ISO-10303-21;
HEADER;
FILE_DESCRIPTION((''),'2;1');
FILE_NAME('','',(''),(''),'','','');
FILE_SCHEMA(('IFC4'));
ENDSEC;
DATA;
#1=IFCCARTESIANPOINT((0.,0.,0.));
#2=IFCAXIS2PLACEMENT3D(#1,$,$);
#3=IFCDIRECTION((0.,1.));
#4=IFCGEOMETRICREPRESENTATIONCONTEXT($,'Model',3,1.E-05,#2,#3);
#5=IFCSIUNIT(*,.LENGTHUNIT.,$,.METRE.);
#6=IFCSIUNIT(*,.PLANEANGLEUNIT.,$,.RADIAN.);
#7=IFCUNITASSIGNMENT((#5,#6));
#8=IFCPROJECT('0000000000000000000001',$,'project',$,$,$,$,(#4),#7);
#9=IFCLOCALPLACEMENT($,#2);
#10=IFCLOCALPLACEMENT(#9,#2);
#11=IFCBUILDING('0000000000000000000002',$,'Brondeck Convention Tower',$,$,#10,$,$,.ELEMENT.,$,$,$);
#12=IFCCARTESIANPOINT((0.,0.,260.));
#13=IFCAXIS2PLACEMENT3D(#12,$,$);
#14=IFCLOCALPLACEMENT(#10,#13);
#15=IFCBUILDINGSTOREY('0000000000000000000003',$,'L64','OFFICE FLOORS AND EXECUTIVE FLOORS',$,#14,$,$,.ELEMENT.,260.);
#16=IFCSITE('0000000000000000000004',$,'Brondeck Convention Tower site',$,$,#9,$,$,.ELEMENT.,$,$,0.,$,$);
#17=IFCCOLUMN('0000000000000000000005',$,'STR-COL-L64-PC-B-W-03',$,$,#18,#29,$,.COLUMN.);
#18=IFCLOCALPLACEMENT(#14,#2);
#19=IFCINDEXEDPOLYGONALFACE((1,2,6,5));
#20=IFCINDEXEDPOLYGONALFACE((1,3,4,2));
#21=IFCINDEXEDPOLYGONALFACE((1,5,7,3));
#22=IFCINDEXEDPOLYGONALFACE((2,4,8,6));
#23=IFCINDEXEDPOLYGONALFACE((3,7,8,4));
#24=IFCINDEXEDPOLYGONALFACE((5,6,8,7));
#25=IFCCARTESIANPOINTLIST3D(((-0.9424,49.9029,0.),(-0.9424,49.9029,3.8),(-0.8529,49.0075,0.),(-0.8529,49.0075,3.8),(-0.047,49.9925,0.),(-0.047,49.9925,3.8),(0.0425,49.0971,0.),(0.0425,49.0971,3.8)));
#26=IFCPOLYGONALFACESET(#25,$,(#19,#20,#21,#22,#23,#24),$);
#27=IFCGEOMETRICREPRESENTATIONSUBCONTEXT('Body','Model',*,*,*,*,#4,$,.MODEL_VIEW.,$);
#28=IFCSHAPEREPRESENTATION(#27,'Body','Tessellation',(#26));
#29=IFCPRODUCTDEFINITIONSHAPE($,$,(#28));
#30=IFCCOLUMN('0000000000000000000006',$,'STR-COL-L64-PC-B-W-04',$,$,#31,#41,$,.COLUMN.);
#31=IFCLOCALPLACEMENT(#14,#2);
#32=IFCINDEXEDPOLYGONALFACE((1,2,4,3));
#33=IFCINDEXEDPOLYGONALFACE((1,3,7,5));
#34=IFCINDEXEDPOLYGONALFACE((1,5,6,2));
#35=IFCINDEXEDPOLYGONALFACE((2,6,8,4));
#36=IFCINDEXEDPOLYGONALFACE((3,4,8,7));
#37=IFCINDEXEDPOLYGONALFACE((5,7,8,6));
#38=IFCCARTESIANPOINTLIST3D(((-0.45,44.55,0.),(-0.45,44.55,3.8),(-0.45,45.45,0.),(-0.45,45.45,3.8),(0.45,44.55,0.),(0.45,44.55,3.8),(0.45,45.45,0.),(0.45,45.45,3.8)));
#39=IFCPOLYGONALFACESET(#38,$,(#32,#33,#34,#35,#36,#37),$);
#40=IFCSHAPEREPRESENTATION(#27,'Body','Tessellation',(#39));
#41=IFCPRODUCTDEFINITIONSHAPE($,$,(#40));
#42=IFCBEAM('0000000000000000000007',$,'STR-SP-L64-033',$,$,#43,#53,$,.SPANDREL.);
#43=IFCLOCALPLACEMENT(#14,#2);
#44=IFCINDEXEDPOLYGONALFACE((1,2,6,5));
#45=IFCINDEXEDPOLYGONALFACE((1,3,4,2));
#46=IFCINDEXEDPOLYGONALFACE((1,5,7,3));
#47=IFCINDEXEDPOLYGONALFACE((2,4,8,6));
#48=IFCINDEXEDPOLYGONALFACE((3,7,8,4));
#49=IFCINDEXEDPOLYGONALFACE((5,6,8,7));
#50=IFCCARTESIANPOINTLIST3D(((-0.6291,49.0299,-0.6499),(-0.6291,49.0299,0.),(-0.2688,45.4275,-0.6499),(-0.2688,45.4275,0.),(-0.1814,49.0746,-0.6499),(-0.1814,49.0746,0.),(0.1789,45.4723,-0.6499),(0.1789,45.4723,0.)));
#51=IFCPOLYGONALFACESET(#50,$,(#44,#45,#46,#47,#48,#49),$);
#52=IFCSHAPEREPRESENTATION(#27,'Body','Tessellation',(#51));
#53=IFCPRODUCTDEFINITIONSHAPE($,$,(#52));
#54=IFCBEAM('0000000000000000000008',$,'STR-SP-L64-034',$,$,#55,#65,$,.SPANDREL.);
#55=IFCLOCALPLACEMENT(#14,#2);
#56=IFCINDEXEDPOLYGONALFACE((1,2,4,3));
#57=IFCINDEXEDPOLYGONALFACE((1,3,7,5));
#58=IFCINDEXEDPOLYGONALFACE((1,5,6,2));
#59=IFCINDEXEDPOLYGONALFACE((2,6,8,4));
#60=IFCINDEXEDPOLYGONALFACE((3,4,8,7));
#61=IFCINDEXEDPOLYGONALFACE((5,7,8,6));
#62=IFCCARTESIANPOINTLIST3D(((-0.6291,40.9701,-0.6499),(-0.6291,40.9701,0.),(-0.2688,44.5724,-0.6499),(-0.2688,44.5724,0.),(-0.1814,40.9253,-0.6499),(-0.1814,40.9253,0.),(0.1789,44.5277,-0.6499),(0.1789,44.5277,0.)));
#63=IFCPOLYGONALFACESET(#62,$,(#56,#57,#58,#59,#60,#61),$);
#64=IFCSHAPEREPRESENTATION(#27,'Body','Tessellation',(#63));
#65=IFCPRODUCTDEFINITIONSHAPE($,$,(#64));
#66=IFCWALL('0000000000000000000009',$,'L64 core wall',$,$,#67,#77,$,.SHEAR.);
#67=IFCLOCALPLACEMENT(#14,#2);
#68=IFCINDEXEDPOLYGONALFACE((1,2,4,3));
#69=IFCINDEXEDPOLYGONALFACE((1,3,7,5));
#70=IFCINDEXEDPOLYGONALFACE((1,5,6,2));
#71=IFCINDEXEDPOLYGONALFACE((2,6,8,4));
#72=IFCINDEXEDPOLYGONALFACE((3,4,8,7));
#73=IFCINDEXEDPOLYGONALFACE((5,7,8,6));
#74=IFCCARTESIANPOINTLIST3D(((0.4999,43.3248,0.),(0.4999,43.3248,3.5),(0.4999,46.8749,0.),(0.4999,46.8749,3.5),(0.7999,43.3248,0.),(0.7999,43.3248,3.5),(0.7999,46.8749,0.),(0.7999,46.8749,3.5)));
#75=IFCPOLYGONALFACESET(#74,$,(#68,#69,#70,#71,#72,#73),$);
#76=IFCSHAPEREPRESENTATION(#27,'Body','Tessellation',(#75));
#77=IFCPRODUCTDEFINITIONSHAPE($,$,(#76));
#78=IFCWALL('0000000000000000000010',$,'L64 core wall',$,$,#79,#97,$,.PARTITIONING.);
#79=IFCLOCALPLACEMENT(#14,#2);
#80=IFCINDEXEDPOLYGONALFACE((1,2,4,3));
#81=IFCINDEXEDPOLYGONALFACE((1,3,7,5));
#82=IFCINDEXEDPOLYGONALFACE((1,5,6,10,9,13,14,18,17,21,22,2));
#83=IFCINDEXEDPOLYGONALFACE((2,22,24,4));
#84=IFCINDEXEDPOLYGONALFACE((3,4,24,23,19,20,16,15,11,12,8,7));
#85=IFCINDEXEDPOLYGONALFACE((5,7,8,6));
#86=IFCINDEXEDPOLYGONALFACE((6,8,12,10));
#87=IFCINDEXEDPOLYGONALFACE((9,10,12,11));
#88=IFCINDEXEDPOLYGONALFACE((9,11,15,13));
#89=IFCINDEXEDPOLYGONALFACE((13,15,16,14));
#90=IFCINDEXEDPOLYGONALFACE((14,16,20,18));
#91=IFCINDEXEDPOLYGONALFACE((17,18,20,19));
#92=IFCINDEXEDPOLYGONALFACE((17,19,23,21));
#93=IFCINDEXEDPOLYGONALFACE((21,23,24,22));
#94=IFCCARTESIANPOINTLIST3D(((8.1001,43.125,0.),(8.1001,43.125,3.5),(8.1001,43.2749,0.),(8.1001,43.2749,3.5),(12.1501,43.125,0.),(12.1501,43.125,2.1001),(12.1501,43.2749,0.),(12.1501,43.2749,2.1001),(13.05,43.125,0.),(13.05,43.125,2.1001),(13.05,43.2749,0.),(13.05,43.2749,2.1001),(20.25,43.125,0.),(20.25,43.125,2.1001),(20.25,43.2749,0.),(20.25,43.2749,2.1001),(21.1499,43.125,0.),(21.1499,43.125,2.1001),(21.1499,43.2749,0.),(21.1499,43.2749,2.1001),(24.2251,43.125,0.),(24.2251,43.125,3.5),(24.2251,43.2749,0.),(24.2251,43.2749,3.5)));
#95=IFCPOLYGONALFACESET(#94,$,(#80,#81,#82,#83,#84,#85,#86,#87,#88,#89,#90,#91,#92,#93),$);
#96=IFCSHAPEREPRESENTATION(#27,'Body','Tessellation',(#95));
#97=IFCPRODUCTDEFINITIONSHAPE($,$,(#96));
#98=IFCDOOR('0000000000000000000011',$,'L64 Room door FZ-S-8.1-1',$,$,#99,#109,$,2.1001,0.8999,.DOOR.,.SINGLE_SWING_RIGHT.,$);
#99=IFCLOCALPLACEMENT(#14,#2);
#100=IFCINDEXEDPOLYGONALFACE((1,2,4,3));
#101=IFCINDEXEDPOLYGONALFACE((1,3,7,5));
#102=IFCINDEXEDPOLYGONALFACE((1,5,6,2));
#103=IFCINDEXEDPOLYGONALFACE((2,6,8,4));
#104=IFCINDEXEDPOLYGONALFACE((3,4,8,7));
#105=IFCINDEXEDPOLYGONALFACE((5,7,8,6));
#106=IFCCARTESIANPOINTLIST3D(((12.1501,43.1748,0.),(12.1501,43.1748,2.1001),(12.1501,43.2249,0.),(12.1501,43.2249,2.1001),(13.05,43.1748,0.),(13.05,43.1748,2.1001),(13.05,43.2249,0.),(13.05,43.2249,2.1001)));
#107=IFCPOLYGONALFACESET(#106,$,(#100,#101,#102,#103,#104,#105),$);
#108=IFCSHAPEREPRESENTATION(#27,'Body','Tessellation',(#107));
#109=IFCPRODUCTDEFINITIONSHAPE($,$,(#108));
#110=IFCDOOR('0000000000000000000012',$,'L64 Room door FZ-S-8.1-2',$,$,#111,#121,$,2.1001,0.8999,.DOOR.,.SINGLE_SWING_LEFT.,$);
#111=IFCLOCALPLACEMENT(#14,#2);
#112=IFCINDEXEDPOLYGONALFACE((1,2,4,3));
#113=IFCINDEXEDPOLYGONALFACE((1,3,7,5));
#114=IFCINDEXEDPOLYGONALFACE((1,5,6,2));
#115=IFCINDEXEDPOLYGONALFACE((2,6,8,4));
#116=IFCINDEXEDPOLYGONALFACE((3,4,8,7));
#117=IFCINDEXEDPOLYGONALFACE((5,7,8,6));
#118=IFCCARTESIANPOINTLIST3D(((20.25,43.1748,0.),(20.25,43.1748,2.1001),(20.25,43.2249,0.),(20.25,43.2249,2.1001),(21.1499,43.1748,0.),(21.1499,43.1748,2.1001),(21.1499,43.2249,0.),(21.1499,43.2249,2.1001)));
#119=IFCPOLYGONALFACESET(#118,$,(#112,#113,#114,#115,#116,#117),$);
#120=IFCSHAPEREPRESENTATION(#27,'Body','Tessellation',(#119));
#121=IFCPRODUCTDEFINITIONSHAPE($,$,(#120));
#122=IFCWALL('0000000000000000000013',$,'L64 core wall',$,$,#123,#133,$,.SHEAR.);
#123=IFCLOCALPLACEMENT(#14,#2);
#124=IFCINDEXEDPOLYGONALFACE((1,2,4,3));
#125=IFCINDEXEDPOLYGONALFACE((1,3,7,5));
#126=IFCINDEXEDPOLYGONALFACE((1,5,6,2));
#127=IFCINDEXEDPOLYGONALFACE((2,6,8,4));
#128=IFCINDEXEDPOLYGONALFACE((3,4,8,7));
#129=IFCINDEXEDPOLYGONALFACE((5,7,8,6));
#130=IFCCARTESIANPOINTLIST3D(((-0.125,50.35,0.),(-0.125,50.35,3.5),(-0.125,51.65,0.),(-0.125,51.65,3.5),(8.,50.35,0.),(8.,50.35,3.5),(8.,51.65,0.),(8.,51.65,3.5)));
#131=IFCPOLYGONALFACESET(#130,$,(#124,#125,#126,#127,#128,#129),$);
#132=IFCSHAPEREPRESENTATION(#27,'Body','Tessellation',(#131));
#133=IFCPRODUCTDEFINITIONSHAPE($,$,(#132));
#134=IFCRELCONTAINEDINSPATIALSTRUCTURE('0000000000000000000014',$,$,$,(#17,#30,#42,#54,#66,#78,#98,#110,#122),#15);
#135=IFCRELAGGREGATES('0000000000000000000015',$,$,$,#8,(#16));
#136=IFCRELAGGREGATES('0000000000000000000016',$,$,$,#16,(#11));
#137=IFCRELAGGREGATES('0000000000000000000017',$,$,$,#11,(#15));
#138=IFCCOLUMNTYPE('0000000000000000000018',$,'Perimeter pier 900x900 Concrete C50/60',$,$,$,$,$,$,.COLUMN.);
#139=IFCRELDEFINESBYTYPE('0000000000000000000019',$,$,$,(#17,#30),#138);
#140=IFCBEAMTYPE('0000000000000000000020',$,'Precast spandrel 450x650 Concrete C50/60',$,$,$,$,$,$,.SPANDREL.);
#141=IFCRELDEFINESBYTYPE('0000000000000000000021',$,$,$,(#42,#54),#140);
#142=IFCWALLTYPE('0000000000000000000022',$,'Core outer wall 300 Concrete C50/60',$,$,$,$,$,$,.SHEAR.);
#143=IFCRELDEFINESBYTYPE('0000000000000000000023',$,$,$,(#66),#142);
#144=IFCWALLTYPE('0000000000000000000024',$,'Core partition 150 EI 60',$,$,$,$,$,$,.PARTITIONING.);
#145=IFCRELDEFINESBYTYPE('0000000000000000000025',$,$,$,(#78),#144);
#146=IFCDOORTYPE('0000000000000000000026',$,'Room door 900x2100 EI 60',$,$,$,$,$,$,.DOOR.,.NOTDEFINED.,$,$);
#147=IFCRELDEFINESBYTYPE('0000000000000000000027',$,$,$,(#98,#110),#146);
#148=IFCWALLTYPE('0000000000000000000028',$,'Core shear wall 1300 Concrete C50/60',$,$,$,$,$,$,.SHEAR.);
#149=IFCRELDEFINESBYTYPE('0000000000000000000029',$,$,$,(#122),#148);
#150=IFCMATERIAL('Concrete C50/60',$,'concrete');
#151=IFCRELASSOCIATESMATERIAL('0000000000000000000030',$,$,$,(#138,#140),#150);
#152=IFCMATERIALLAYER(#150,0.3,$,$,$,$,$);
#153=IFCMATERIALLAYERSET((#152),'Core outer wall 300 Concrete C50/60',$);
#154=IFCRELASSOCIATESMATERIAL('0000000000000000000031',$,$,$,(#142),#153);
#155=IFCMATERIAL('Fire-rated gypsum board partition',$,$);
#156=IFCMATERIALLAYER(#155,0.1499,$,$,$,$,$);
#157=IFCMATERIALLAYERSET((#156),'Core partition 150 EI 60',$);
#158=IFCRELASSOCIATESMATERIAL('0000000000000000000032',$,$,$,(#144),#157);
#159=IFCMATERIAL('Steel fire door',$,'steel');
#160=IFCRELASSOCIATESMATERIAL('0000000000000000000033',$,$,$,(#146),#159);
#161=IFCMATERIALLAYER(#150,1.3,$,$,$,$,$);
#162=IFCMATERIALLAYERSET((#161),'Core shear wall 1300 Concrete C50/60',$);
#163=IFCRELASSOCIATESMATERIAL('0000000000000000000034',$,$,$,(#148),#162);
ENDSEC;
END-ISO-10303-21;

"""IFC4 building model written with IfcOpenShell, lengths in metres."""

from ifc_helpers import new_model, si_unit, direction, frame, frame_2d, origin, origin_2d, place, context, subcontext, project, spatial, rectangle, extrude, material, layer, layer_set, material_profile, profile_set, type_object, element, fill, save


model = new_model("IFC4")

# Units and contexts
model_context = context("Model", 3, precision=1e-05, world=origin(), true_north=direction((0.0, 1.0)))
body_context = subcontext(model_context, "Body", "Model", "MODEL_VIEW")
ifc_project = project(units=[si_unit("LENGTHUNIT", "METRE"), si_unit("PLANEANGLEUNIT", "RADIAN")], contexts=[model_context])

# Site, building, storey
site_placement = place(None, origin())
site = spatial("IfcSite", under=ifc_project, at=site_placement, Name="Brondeck Convention Tower site", CompositionType="ELEMENT", RefElevation=0.0)
building_placement = place(site_placement, origin())
building = spatial("IfcBuilding", under=site, at=building_placement, Name="Brondeck Convention Tower", CompositionType="ELEMENT")
storey_placement = place(building_placement, frame((0.0, 0.0, 260.0)))
storey = spatial("IfcBuildingStorey", under=building, at=storey_placement, Name="L64", Description="OFFICE FLOORS AND EXECUTIVE FLOORS", CompositionType="ELEMENT", Elevation=260.0)

# Columns
ifc_material_1 = material(Name="Concrete C50/60", Category="concrete")
ifc_material_profile_1 = material_profile(ifc_material_1, rectangle(XDim=0.8999, YDim=0.8999, at=origin_2d()), Name="Perimeter pier 900x900 Concrete C50/60")
ifc_profile_set_1 = profile_set([ifc_material_profile_1], Name="Concrete C50/60")
column_type = type_object("IfcColumnType", Name="Perimeter pier 900x900 Concrete C50/60", PredefinedType="COLUMN", material=ifc_profile_set_1)
for number, where, z_axis, x_axis, name in (
    (1, (-0.45, 49.5, 0.0), (0.0, 0.0, 1.0), (0.099504, -0.995037, 0.0), "STR-COL-L64-PC-B-W-03"),
    (2, (0.0, 45.0, 0.0), (0.0, 0.0, 1.0), (0.0, -1.0, 0.0), "STR-COL-L64-PC-B-W-04"),
):
    element("IfcColumn", number, at=place(storey_placement, frame(where, z_axis=z_axis, x_axis=x_axis)), inside=storey, type_object=column_type, Name=name, PredefinedType="COLUMN", context=body_context, shape_type="SweptSolid", body=[
        extrude(rectangle(XDim=0.8999, YDim=0.8999, at=origin_2d()), origin(), (0.0, 0.0, 1.0), 3.8),
    ])

# Beams
ifc_material_profile_2 = material_profile(ifc_material_1, rectangle(XDim=0.45, YDim=0.6499, at=origin_2d()), Name="Precast spandrel 450x650 Concrete C50/60")
ifc_profile_set_2 = profile_set([ifc_material_profile_2], Name="Concrete C50/60")
beam_type = type_object("IfcBeamType", Name="Precast spandrel 450x650 Concrete C50/60", PredefinedType="SPANDREL", material=ifc_profile_set_2)
for number, where, z_axis, x_axis, name in (
    (3, (-0.4053, 49.0522, -0.325), (0.099537, -0.995034, 0.0), (0.995034, 0.099537, 0.0), "STR-SP-L64-033"),
    (4, (-0.0449, 44.55, -0.325), (-0.099537, -0.995034, 0.0), (0.995034, -0.099537, 0.0), "STR-SP-L64-034"),
):
    element("IfcBeam", number, at=place(storey_placement, frame(where, z_axis=z_axis, x_axis=x_axis)), inside=storey, type_object=beam_type, Name=name, PredefinedType="SPANDREL", context=body_context, shape_type="SweptSolid", body=[
        extrude(rectangle(XDim=0.45, YDim=0.6499, at=origin_2d()), origin(), (0.0, 0.0, 1.0), 3.6204),
    ])

# Wall
ifc_layer_1 = layer(ifc_material_1, 0.3)
ifc_layer_set_1 = layer_set([ifc_layer_1], Name="Core outer wall 300 Concrete C50/60")
wall_type_1 = type_object("IfcWallType", Name="Core outer wall 300 Concrete C50/60", PredefinedType="SHEAR", material=ifc_layer_set_1)
wall_1_placement = place(storey_placement, frame((0.6499, 43.325, 0.0), z_axis=(0.0, 0.0, 1.0), x_axis=(0.0, 1.0, 0.0)))
element("IfcWall", 5, at=wall_1_placement, inside=storey, type_object=wall_type_1, Name="L64 core wall", PredefinedType="SHEAR", context=body_context, shape_type="SweptSolid", body=[
    extrude(rectangle(XDim=3.55, YDim=0.3, at=frame_2d((1.7749, 0.0))), origin(), (0.0, 0.0, 1.0), 3.5),
])

# Wall, openings, doors
ifc_material_2 = material(Name="Fire-rated gypsum board partition")
ifc_layer_2 = layer(ifc_material_2, 0.1499)
ifc_layer_set_2 = layer_set([ifc_layer_2], Name="Core partition 150 EI 60")
wall_type_2 = type_object("IfcWallType", Name="Core partition 150 EI 60", PredefinedType="PARTITIONING", material=ifc_layer_set_2)
wall_2_placement = place(storey_placement, frame((8.1001, 43.2, 0.0), z_axis=(0.0, 0.0, 1.0), x_axis=(1.0, 0.0, 0.0)))
wall_2 = element("IfcWall", 6, at=wall_2_placement, inside=storey, type_object=wall_type_2, Name="L64 core wall", PredefinedType="PARTITIONING", context=body_context, shape_type="SweptSolid", body=[
    extrude(rectangle(XDim=16.125, YDim=0.1499, at=frame_2d((8.0625, 0.0))), origin(), (0.0, 0.0, 1.0), 3.5),
])
opening_1_placement = place(wall_2_placement, frame((4.05, 0.0, 0.0)))
opening_1 = element("IfcOpeningElement", 7, at=opening_1_placement, cuts=wall_2, PredefinedType="OPENING", context=body_context, shape_type="SweptSolid", body=[
    extrude(rectangle(XDim=0.8999, YDim=2.1001, at=frame_2d((0.45, 1.05))), frame((0.0, 0.085, 0.0), z_axis=(0.0, -1.0, 0.0), x_axis=(1.0, 0.0, 0.0)), (0.0, 0.0, 1.0), 0.1699),
])
opening_2_placement = place(wall_2_placement, frame((12.1499, 0.0, 0.0)))
opening_2 = element("IfcOpeningElement", 8, at=opening_2_placement, cuts=wall_2, PredefinedType="OPENING", context=body_context, shape_type="SweptSolid", body=[
    extrude(rectangle(XDim=0.8999, YDim=2.1001, at=frame_2d((0.45, 1.05))), frame((0.0, 0.085, 0.0), z_axis=(0.0, -1.0, 0.0), x_axis=(1.0, 0.0, 0.0)), (0.0, 0.0, 1.0), 0.1699),
])
ifc_material_3 = material(Name="Steel fire door", Category="steel")
door_type_1 = type_object("IfcDoorType", Name="Room door 900x2100 EI 60", OperationType="NOTDEFINED", PredefinedType="DOOR", material=ifc_material_3)
door_1_placement = place(opening_1_placement, origin())
door_1 = element("IfcDoor", 9, at=door_1_placement, inside=storey, type_object=door_type_1, Name="L64 Room door FZ-S-8.1-1", OperationType="SINGLE_SWING_RIGHT", OverallHeight=2.1001, OverallWidth=0.8999, PredefinedType="DOOR", context=body_context, shape_type="SweptSolid", body=[
    extrude(rectangle(XDim=0.8999, YDim=2.1001, at=frame_2d((0.45, 1.05))), frame((0.0, 0.0249, 0.0), z_axis=(0.0, -1.0, 0.0), x_axis=(1.0, 0.0, 0.0)), (0.0, 0.0, 1.0), 0.05),
])
fill(opening_1, door_1)
door_2_placement = place(opening_2_placement, origin())
door_2 = element("IfcDoor", 10, at=door_2_placement, inside=storey, type_object=door_type_1, Name="L64 Room door FZ-S-8.1-2", OperationType="SINGLE_SWING_LEFT", OverallHeight=2.1001, OverallWidth=0.8999, PredefinedType="DOOR", context=body_context, shape_type="SweptSolid", body=[
    extrude(rectangle(XDim=0.8999, YDim=2.1001, at=frame_2d((0.45, 1.05))), frame((0.0, 0.0249, 0.0), z_axis=(0.0, -1.0, 0.0), x_axis=(1.0, 0.0, 0.0)), (0.0, 0.0, 1.0), 0.05),
])
fill(opening_2, door_2)

# Wall
ifc_layer_3 = layer(ifc_material_1, 1.3)
ifc_layer_set_3 = layer_set([ifc_layer_3], Name="Core shear wall 1300 Concrete C50/60")
wall_type_3 = type_object("IfcWallType", Name="Core shear wall 1300 Concrete C50/60", PredefinedType="SHEAR", material=ifc_layer_set_3)
wall_3_placement = place(storey_placement, frame((-0.125, 51.0, 0.0), z_axis=(0.0, 0.0, 1.0), x_axis=(1.0, 0.0, 0.0)))
element("IfcWall", 11, at=wall_3_placement, inside=storey, type_object=wall_type_3, Name="L64 core wall", PredefinedType="SHEAR", context=body_context, shape_type="SweptSolid", body=[
    extrude(rectangle(XDim=8.125, YDim=1.3, at=frame_2d((4.0625, 0.0))), origin(), (0.0, 0.0, 1.0), 3.5),
])

save(model, "model.ifc")
